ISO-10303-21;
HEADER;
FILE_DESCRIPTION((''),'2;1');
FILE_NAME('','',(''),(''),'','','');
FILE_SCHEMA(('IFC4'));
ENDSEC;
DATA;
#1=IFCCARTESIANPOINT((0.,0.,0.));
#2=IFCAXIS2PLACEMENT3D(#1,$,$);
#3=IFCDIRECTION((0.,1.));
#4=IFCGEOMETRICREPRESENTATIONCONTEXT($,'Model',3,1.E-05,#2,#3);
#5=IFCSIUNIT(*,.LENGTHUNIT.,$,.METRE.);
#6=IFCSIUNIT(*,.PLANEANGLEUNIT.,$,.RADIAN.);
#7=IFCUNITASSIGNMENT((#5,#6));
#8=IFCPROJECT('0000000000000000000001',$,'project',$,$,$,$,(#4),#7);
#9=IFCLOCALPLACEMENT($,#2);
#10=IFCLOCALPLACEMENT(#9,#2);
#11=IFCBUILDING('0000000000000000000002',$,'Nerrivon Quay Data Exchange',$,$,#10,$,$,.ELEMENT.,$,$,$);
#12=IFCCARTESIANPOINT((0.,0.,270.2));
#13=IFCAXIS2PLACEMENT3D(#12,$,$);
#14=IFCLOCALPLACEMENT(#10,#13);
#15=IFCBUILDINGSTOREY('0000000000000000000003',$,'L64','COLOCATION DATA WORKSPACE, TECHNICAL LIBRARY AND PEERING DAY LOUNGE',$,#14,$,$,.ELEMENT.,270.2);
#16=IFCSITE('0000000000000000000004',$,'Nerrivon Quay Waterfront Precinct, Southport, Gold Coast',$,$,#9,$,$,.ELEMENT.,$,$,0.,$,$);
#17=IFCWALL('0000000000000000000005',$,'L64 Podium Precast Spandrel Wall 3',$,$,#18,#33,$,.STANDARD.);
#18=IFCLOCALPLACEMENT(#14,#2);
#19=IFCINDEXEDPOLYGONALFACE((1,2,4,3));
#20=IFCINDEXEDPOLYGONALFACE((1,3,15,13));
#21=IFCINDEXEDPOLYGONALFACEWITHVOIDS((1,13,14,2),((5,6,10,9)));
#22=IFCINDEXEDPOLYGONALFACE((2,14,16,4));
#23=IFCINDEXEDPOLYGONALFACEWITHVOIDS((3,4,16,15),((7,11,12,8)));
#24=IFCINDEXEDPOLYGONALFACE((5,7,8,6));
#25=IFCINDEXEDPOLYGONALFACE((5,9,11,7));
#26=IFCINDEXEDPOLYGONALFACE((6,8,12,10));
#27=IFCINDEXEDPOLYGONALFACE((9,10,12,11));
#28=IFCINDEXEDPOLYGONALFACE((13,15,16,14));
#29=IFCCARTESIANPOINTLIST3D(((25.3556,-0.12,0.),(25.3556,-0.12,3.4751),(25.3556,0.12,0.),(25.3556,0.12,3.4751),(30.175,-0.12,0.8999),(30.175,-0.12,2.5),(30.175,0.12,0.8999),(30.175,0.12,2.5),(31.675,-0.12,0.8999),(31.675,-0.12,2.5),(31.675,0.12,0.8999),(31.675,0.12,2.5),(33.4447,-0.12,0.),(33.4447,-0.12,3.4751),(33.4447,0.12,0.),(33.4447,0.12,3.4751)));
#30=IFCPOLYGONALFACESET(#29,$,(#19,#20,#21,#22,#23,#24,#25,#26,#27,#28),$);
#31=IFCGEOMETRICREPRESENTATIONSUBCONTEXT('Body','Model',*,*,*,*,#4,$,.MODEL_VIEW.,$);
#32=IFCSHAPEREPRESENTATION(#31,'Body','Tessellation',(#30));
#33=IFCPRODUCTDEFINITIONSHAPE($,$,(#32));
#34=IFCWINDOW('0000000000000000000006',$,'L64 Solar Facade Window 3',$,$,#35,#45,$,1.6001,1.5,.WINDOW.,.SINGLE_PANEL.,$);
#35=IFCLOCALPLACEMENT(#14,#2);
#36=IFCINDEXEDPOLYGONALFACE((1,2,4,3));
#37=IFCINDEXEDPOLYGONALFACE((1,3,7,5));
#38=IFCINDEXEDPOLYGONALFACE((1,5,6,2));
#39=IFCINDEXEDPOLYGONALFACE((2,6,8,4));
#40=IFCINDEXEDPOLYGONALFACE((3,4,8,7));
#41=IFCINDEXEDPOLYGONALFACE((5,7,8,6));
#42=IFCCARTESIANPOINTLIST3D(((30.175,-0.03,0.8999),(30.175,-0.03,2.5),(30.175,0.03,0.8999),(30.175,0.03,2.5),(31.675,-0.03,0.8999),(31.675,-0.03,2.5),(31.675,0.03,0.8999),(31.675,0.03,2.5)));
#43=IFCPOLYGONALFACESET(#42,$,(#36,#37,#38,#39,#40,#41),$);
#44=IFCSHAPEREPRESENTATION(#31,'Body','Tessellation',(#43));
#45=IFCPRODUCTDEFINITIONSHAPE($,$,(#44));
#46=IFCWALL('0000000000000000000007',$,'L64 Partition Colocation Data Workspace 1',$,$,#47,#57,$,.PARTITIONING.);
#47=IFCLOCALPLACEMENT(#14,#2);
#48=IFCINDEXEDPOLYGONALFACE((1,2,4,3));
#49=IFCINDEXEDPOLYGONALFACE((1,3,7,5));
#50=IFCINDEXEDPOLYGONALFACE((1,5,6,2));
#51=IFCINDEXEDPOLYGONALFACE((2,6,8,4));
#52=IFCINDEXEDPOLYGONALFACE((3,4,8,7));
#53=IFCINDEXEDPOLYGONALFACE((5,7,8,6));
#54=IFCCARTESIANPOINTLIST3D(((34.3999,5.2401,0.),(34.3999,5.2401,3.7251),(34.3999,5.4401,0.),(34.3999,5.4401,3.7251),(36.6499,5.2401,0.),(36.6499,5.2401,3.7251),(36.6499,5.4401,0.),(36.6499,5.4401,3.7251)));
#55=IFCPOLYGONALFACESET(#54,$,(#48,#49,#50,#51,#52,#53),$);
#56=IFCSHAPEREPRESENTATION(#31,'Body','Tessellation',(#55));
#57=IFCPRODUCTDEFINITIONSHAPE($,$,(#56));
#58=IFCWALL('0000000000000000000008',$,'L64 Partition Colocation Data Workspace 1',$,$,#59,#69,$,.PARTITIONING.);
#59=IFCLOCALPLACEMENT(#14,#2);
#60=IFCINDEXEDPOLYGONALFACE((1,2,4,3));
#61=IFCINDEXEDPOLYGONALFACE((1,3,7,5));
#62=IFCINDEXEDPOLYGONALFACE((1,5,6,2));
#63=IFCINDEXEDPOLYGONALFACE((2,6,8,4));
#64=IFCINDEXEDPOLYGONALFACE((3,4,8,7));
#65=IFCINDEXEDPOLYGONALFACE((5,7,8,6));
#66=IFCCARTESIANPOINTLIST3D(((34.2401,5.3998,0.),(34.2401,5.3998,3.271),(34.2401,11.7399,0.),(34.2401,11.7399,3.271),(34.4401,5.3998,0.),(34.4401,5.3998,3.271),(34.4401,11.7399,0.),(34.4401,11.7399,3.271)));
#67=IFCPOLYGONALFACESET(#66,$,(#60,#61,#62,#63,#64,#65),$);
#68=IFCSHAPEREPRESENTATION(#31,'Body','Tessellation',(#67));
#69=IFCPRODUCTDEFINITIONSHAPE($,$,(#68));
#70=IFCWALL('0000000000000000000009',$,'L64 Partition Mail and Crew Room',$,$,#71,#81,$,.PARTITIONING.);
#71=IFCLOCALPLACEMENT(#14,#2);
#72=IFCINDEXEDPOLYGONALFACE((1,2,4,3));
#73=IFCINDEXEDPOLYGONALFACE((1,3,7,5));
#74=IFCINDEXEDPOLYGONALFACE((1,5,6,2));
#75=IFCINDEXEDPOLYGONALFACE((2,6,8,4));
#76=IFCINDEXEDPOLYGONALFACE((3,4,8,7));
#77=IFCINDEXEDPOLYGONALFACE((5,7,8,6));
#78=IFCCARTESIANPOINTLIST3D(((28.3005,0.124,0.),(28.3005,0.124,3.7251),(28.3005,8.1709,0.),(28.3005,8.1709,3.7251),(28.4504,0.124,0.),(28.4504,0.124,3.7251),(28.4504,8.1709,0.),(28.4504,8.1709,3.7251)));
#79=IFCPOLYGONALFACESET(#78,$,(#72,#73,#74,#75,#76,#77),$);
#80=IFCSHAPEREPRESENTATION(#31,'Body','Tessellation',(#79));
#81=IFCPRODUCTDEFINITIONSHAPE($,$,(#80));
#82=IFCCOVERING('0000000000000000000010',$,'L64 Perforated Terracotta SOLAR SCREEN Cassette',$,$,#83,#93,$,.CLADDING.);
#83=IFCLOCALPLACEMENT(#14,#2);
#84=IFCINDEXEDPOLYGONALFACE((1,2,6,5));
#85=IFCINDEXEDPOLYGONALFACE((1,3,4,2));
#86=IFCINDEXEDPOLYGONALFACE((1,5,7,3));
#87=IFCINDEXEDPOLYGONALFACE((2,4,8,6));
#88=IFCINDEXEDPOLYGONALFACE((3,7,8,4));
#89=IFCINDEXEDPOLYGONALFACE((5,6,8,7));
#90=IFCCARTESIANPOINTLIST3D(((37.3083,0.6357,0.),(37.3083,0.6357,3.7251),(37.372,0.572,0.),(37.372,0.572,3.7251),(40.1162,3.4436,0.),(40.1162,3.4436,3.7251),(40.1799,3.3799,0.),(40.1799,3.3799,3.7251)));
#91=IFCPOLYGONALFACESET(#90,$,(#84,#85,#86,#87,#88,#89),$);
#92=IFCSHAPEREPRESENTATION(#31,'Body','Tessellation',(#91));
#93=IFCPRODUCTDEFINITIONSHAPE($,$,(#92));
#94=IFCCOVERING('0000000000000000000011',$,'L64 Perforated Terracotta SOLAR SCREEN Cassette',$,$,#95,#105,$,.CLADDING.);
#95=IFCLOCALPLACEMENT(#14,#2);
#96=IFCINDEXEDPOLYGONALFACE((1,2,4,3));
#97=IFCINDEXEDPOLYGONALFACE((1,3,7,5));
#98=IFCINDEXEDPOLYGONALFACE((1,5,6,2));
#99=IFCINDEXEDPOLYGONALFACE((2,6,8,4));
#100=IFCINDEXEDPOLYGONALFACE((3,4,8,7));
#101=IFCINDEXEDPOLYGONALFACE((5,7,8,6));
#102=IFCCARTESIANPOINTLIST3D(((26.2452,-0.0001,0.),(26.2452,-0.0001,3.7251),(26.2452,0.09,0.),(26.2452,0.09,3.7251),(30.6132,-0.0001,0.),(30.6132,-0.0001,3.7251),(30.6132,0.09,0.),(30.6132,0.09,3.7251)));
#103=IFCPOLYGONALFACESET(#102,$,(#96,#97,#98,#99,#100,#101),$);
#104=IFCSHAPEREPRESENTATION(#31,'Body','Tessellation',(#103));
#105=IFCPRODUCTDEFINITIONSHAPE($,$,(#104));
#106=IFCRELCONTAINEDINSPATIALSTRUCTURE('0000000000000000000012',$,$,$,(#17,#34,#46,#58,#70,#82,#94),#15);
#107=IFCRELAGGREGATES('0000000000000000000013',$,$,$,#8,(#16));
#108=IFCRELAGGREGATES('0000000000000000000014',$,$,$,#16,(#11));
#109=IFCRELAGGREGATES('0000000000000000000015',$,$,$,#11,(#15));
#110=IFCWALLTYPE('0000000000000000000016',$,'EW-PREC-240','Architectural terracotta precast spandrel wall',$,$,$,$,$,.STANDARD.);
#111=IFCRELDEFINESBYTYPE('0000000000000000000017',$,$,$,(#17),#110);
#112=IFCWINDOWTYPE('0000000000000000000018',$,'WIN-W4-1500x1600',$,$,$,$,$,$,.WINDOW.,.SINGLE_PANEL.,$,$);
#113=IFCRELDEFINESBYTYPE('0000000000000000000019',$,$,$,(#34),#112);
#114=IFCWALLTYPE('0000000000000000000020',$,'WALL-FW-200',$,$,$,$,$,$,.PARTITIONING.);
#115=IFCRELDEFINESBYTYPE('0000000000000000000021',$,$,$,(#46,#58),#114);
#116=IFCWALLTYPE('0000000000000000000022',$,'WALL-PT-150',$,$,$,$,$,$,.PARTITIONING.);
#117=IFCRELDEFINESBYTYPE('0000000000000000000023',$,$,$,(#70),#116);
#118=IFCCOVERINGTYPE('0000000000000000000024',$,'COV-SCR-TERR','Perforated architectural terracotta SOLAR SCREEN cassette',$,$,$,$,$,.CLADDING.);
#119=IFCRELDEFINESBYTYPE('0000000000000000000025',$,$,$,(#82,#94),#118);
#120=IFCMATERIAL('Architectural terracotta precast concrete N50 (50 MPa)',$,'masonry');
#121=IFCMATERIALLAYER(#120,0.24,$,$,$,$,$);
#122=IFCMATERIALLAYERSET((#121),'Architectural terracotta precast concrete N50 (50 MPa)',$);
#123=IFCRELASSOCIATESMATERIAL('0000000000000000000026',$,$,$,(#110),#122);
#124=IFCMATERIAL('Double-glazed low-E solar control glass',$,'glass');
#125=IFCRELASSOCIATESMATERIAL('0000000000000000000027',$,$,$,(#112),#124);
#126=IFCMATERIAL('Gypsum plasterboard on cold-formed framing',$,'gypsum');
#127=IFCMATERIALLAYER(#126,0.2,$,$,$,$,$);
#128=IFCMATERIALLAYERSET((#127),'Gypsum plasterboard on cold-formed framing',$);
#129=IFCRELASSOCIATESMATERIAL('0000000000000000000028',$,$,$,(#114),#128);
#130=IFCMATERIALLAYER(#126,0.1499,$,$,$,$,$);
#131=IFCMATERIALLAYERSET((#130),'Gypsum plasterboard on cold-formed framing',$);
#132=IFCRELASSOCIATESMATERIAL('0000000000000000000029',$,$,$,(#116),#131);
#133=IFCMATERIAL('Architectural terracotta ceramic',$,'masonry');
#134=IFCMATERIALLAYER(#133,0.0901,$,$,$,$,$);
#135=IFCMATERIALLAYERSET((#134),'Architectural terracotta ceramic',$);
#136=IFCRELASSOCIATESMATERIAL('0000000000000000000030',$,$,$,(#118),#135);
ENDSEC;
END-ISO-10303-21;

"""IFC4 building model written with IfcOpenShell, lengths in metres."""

from ifc_helpers import new_model, si_unit, direction, frame, frame_2d, origin, origin_2d, place, context, subcontext, project, spatial, rectangle, extrude, material, layer, layer_set, type_object, element, fill, save


model = new_model("IFC4")

# Units and contexts
model_context = context("Model", 3, precision=1e-05, world=origin(), true_north=direction((0.0, 1.0)))
body_context = subcontext(model_context, "Body", "Model", "MODEL_VIEW")
ifc_project = project(units=[si_unit("LENGTHUNIT", "METRE"), si_unit("PLANEANGLEUNIT", "RADIAN")], contexts=[model_context])

# Site, building, storey
site_placement = place(None, origin())
site = spatial("IfcSite", under=ifc_project, at=site_placement, Name="Nerrivon Quay Waterfront Precinct, Southport, Gold Coast", CompositionType="ELEMENT", RefElevation=0.0)
building_placement = place(site_placement, origin())
building = spatial("IfcBuilding", under=site, at=building_placement, Name="Nerrivon Quay Data Exchange", CompositionType="ELEMENT")
storey_placement = place(building_placement, frame((0.0, 0.0, 270.2)))
storey = spatial("IfcBuildingStorey", under=building, at=storey_placement, Name="L64", Description="COLOCATION DATA WORKSPACE, TECHNICAL LIBRARY AND PEERING DAY LOUNGE", CompositionType="ELEMENT", Elevation=270.2)

# Shared definitions
ifc_material_1 = material(Name="Double-glazed low-E solar control glass", Category="glass")

# Wall, opening, window
ifc_material_2 = material(Name="Architectural terracotta precast concrete N50 (50 MPa)", Category="masonry")
ifc_layer_1 = layer(ifc_material_2, 0.24)
ifc_layer_set_1 = layer_set([ifc_layer_1], Name="Architectural terracotta precast concrete N50 (50 MPa)")
wall_type_1 = type_object("IfcWallType", Name="EW-PREC-240", Description="Architectural terracotta precast spandrel wall", PredefinedType="STANDARD", material=ifc_layer_set_1)
wall_1_placement = place(storey_placement, frame((33.4446, 0.0, 0.0), z_axis=(0.0, 0.0, 1.0), x_axis=(-1.0, 0.0, 0.0)))
wall_1 = element("IfcWall", 1, at=wall_1_placement, inside=storey, type_object=wall_type_1, Name="L64 Podium Precast Spandrel Wall 3", PredefinedType="STANDARD", context=body_context, shape_type="SweptSolid", body=[
    extrude(rectangle(XDim=8.0891, YDim=0.24, at=frame_2d((4.0444, 0.0))), origin(), (0.0, 0.0, 1.0), 3.4751),
])
opening_placement = place(wall_1_placement, frame((1.7695, 0.0, 0.8999)))
opening = element("IfcOpeningElement", 2, at=opening_placement, cuts=wall_1, PredefinedType="OPENING", context=body_context, shape_type="SweptSolid", body=[
    extrude(rectangle(XDim=1.5, YDim=1.6001, at=frame_2d((0.75, 0.8))), frame((0.0, 0.1299, 0.0), z_axis=(0.0, -1.0, 0.0), x_axis=(1.0, 0.0, 0.0)), (0.0, 0.0, 1.0), 0.26),
])
window_type = type_object("IfcWindowType", Name="WIN-W4-1500x1600", PartitioningType="SINGLE_PANEL", PredefinedType="WINDOW", material=ifc_material_1)
window_placement = place(opening_placement, origin())
window = element("IfcWindow", 3, at=window_placement, inside=storey, type_object=window_type, Name="L64 Solar Facade Window 3", OverallHeight=1.6001, OverallWidth=1.5, PartitioningType="SINGLE_PANEL", PredefinedType="WINDOW", context=body_context, shape_type="SweptSolid", body=[
    extrude(rectangle(XDim=1.5, YDim=1.6001, at=frame_2d((0.75, 0.8))), frame((0.0, 0.03, 0.0), z_axis=(0.0, -1.0, 0.0), x_axis=(1.0, 0.0, 0.0)), (0.0, 0.0, 1.0), 0.0601),
])
fill(opening, window)

# Walls
ifc_material_3 = material(Name="Gypsum plasterboard on cold-formed framing", Category="gypsum")
ifc_layer_2 = layer(ifc_material_3, 0.2)
ifc_layer_set_2 = layer_set([ifc_layer_2], Name="Gypsum plasterboard on cold-formed framing")
wall_type_2 = type_object("IfcWallType", Name="WALL-FW-200", PredefinedType="PARTITIONING", material=ifc_layer_set_2)
wall_2_placement = place(storey_placement, frame((36.6499, 5.3401, 0.0), z_axis=(0.0, 0.0, 1.0), x_axis=(-1.0, 0.0, 0.0)))
element("IfcWall", 4, at=wall_2_placement, inside=storey, type_object=wall_type_2, Name="L64 Partition Colocation Data Workspace 1", PredefinedType="PARTITIONING", context=body_context, shape_type="SweptSolid", body=[
    extrude(rectangle(XDim=2.25, YDim=0.2, at=frame_2d((1.125, 0.0))), origin(), (0.0, 0.0, 1.0), 3.7251),
])
wall_3_placement = place(storey_placement, frame((34.3401, 5.3999, 0.0), z_axis=(0.0, 0.0, 1.0), x_axis=(0.0, 1.0, 0.0)))
element("IfcWall", 5, at=wall_3_placement, inside=storey, type_object=wall_type_2, Name="L64 Partition Colocation Data Workspace 1", PredefinedType="PARTITIONING", context=body_context, shape_type="SweptSolid", body=[
    extrude(rectangle(XDim=6.3401, YDim=0.2, at=frame_2d((3.1699, 0.0))), origin(), (0.0, 0.0, 1.0), 3.271),
])
ifc_layer_3 = layer(ifc_material_3, 0.1499)
ifc_layer_set_3 = layer_set([ifc_layer_3], Name="Gypsum plasterboard on cold-formed framing")
wall_type_3 = type_object("IfcWallType", Name="WALL-PT-150", PredefinedType="PARTITIONING", material=ifc_layer_set_3)
wall_4_placement = place(storey_placement, frame((28.3755, 0.124, 0.0), z_axis=(0.0, 0.0, 1.0), x_axis=(0.0, 1.0, 0.0)))
element("IfcWall", 6, at=wall_4_placement, inside=storey, type_object=wall_type_3, Name="L64 Partition Mail and Crew Room", PredefinedType="PARTITIONING", context=body_context, shape_type="SweptSolid", body=[
    extrude(rectangle(XDim=8.0469, YDim=0.1499, at=frame_2d((4.0234, 0.0))), origin(), (0.0, 0.0, 1.0), 3.7251),
])

# Coverings
ifc_material_4 = material(Name="Architectural terracotta ceramic", Category="masonry")
ifc_layer_4 = layer(ifc_material_4, 0.0901)
ifc_layer_set_4 = layer_set([ifc_layer_4], Name="Architectural terracotta ceramic")
covering_type = type_object("IfcCoveringType", Name="COV-SCR-TERR", Description="Perforated architectural terracotta SOLAR SCREEN cassette", PredefinedType="CLADDING", material=ifc_layer_set_4)
covering_1_placement = place(storey_placement, frame((38.7441, 2.0078, 0.0), z_axis=(0.0, 0.0, 1.0), x_axis=(-0.707107, -0.707107, 0.0)))
element("IfcCovering", 7, at=covering_1_placement, inside=storey, type_object=covering_type, Name="L64 Perforated Terracotta SOLAR SCREEN Cassette", PredefinedType="CLADDING", context=body_context, shape_type="SweptSolid", body=[
    extrude(rectangle(XDim=3.9709, YDim=0.0901, at=origin_2d()), origin(), (0.0, 0.0, 1.0), 3.7251),
])
covering_2_placement = place(storey_placement, frame((28.4292, 0.0449, 0.0), z_axis=(0.0, 0.0, 1.0), x_axis=(-1.0, 0.0, 0.0)))
element("IfcCovering", 8, at=covering_2_placement, inside=storey, type_object=covering_type, Name="L64 Perforated Terracotta SOLAR SCREEN Cassette", PredefinedType="CLADDING", context=body_context, shape_type="SweptSolid", body=[
    extrude(rectangle(XDim=4.3679, YDim=0.0901, at=origin_2d()), origin(), (0.0, 0.0, 1.0), 3.7251),
])

save(model, "model.ifc")
